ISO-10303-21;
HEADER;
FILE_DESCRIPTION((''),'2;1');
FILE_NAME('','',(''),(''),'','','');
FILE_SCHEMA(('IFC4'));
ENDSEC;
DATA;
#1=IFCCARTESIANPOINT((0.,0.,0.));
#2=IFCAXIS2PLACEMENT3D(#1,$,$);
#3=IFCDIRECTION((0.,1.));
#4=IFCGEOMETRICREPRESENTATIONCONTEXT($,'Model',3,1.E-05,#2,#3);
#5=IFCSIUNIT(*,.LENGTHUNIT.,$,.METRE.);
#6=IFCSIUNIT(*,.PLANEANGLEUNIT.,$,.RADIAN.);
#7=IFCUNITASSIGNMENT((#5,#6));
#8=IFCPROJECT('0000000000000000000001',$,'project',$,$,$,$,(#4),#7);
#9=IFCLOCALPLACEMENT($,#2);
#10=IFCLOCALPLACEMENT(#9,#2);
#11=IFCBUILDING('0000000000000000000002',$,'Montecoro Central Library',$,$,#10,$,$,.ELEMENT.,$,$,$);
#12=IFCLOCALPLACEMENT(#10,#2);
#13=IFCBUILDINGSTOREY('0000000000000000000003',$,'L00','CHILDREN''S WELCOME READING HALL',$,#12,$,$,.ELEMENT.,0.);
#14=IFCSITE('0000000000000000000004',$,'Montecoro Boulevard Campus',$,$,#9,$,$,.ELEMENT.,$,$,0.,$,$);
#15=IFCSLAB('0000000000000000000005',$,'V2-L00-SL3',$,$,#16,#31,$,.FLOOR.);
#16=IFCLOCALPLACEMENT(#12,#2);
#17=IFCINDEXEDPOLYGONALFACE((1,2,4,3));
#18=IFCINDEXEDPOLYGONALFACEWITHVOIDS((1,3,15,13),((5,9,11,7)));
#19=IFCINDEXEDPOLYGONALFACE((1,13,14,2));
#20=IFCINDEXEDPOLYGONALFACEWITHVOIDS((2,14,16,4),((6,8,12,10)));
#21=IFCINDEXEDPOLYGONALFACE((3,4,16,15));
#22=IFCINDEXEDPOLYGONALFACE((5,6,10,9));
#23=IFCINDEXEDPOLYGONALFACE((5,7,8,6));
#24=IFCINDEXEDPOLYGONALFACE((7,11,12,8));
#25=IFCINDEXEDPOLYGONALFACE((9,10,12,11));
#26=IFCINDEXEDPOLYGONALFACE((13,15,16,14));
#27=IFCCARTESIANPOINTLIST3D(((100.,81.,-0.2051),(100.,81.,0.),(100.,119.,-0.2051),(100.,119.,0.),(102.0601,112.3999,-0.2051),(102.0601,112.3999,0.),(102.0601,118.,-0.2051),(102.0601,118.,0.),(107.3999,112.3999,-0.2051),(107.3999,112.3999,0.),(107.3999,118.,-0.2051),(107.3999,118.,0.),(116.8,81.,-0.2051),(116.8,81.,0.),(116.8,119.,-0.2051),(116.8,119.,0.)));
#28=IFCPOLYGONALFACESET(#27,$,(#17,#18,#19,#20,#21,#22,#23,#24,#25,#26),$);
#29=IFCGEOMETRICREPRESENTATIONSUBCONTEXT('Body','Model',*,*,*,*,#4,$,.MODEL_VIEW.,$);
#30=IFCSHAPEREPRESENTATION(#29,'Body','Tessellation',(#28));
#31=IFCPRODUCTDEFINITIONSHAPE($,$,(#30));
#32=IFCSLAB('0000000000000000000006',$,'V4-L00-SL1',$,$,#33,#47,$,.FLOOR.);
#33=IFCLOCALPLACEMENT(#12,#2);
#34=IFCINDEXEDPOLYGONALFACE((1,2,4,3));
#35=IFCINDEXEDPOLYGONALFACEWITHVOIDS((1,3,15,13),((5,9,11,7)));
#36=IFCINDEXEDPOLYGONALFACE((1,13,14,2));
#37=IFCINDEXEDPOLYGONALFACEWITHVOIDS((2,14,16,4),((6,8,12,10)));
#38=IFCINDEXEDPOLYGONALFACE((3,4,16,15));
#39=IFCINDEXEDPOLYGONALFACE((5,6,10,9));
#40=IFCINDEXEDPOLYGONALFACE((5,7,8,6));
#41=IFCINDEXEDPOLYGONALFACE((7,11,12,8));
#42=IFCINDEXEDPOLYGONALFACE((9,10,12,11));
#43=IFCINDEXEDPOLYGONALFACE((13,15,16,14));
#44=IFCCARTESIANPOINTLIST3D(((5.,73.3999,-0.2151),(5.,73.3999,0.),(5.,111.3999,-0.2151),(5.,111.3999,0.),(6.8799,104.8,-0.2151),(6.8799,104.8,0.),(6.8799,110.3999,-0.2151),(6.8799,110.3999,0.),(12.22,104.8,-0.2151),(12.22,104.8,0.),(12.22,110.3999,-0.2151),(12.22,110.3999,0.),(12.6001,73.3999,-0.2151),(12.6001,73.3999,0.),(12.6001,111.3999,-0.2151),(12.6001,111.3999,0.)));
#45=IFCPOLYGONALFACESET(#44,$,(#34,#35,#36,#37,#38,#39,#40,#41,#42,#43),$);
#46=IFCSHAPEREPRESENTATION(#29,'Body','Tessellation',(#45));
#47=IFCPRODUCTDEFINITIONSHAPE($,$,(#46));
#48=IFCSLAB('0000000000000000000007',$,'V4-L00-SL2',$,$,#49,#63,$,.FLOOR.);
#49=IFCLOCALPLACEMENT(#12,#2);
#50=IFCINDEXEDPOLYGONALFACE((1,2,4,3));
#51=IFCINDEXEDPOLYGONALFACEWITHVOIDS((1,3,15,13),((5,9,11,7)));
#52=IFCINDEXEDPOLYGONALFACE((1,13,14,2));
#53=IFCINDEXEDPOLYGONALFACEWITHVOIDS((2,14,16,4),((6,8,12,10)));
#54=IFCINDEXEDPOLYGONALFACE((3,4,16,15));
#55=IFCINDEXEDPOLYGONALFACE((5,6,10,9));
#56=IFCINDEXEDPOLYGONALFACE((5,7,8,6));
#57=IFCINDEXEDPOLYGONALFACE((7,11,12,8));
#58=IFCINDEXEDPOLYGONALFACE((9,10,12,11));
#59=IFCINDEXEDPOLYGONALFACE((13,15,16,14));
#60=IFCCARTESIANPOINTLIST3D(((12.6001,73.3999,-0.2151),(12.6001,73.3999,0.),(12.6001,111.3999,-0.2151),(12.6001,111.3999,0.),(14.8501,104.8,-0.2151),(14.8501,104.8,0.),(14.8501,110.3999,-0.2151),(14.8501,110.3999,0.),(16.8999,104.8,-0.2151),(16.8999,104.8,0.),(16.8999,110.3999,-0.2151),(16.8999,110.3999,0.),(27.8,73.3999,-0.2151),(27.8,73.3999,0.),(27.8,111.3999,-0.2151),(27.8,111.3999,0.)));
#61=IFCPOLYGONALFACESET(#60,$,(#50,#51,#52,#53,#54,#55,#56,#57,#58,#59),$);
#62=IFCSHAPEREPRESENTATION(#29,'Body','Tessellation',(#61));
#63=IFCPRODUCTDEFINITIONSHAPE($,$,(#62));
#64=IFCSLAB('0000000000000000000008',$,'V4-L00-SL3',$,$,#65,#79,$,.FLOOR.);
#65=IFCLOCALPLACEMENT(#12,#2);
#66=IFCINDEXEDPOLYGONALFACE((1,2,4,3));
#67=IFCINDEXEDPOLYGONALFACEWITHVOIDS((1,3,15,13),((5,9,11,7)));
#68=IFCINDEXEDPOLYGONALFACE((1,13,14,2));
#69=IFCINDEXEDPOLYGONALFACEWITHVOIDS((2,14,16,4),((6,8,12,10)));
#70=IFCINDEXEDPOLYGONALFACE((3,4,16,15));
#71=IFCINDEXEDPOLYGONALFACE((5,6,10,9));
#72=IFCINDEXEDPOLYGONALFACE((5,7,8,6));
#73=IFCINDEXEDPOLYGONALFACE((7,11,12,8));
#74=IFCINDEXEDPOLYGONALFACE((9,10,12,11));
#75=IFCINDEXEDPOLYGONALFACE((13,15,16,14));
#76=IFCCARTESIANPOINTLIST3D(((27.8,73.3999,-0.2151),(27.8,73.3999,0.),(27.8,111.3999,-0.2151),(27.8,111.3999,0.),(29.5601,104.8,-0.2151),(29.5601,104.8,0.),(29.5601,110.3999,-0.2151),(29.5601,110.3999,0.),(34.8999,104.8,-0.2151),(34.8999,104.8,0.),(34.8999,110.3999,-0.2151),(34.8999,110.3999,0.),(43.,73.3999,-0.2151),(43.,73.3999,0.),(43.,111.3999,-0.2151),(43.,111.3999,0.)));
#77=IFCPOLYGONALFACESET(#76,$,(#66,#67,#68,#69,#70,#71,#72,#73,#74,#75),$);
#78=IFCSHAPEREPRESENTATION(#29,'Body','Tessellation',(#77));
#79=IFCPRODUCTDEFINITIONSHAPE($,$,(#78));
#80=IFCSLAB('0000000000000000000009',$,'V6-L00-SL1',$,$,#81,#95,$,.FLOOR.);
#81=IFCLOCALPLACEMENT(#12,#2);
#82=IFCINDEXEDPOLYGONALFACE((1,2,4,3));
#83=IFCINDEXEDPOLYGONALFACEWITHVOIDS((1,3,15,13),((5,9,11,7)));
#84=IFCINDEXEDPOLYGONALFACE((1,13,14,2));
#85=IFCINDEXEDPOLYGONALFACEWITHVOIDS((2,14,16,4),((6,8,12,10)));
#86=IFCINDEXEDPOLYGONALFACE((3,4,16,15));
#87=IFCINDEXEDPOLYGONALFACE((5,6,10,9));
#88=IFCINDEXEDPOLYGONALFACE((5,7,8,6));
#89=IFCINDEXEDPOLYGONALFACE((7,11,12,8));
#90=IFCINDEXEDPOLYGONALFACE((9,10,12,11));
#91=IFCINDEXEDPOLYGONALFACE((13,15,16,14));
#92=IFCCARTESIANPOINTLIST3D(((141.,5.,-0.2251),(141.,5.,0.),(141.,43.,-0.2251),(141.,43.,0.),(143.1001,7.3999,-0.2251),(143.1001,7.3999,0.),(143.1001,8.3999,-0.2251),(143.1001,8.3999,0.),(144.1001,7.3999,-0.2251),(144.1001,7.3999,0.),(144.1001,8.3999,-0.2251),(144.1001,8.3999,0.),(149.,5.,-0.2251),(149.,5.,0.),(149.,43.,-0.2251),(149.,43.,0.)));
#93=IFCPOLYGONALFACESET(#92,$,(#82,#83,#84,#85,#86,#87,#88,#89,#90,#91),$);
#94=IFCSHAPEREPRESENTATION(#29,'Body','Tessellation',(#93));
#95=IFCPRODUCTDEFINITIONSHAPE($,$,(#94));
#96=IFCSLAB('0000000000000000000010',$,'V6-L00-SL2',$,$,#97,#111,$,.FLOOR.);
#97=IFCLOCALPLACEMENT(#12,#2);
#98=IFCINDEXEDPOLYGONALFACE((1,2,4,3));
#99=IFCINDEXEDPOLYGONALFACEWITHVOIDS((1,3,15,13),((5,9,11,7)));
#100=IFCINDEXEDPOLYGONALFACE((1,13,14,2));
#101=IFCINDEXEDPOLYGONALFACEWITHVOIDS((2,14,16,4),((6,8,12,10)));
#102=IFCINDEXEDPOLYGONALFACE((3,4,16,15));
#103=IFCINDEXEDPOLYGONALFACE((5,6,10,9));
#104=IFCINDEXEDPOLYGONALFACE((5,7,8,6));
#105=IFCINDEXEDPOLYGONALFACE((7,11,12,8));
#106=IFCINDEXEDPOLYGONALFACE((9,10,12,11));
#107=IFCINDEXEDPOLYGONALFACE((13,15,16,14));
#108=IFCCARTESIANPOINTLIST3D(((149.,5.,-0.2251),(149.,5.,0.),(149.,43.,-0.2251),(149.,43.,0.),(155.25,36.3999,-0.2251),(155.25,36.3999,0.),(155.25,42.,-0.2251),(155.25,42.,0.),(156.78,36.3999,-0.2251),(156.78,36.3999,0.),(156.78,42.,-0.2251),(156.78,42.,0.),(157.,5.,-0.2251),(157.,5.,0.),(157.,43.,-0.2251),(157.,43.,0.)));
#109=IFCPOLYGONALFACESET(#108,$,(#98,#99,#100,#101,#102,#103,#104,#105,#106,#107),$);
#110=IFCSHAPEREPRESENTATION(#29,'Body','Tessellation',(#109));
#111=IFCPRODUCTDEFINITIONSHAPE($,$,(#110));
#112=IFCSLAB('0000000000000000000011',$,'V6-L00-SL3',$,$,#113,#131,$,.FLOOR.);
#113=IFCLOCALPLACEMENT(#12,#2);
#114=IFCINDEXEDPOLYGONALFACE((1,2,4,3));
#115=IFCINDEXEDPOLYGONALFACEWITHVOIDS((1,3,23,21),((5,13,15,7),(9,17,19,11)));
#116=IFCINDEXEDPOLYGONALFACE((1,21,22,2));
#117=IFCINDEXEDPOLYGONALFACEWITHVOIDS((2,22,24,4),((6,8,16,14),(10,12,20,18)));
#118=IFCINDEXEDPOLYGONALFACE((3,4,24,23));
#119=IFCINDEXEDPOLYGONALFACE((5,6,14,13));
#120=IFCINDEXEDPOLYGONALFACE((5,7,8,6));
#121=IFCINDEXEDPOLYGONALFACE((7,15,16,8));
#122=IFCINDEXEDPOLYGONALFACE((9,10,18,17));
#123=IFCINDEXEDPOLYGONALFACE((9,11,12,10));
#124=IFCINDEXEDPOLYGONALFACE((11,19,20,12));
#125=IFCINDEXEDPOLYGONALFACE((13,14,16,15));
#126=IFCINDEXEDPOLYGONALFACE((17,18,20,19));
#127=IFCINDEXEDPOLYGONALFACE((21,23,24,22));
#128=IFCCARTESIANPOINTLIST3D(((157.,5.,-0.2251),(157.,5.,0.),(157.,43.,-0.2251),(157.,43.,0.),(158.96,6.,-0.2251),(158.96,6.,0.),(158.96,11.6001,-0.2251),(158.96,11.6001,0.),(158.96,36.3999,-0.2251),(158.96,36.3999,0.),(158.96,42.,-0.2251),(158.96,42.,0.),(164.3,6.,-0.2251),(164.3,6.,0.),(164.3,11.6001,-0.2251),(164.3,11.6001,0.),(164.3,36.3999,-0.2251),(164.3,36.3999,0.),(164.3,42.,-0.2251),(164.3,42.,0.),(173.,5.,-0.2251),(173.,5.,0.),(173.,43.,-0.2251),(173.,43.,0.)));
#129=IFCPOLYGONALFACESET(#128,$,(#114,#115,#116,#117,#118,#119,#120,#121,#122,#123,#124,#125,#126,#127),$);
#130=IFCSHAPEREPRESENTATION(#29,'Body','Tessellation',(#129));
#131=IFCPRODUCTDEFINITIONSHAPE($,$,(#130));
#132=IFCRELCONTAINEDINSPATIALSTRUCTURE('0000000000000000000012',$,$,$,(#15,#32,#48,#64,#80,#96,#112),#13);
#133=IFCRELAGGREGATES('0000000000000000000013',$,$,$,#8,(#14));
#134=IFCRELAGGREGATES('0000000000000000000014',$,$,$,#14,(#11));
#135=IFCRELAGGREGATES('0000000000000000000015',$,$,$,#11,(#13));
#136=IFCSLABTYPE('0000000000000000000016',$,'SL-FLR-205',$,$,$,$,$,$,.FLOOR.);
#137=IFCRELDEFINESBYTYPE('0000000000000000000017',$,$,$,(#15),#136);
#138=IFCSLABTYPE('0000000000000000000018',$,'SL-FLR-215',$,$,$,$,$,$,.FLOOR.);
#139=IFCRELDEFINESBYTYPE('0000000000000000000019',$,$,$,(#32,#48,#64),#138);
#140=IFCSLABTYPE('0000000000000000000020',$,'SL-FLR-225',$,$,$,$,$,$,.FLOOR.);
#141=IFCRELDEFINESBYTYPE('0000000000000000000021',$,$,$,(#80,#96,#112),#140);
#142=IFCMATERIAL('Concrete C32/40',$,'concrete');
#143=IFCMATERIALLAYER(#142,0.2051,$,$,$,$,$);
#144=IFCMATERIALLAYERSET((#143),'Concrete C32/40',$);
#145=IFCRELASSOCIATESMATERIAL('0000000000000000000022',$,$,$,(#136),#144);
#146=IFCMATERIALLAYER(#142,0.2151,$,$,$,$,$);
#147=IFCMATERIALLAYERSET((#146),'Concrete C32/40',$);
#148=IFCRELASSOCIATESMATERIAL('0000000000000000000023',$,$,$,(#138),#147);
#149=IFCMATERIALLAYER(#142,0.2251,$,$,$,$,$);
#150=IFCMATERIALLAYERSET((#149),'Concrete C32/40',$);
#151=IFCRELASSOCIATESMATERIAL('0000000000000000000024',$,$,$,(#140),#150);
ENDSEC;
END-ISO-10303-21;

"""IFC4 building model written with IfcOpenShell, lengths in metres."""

from ifc_helpers import new_model, si_unit, direction, frame, origin, place, context, subcontext, project, spatial, polyline, outline, extrude, material, layer, layer_set, type_object, element, save


model = new_model("IFC4")

# Units and contexts
model_context = context("Model", 3, precision=1e-05, world=origin(), true_north=direction((0.0, 1.0)))
body_context = subcontext(model_context, "Body", "Model", "MODEL_VIEW")
ifc_project = project(units=[si_unit("LENGTHUNIT", "METRE"), si_unit("PLANEANGLEUNIT", "RADIAN")], contexts=[model_context])

# Site, building, storey
site_placement = place(None, origin())
site = spatial("IfcSite", under=ifc_project, at=site_placement, Name="Montecoro Boulevard Campus", CompositionType="ELEMENT", RefElevation=0.0)
building_placement = place(site_placement, origin())
building = spatial("IfcBuilding", under=site, at=building_placement, Name="Montecoro Central Library", CompositionType="ELEMENT")
storey_placement = place(building_placement, origin())
storey = spatial("IfcBuildingStorey", under=building, at=storey_placement, Name="L00", Description="CHILDREN'S WELCOME READING HALL", CompositionType="ELEMENT", Elevation=0.0)

# Slabs
ifc_material_1 = material(Name="Concrete C32/40", Category="concrete")
ifc_layer_1 = layer(ifc_material_1, 0.2051)
ifc_layer_set_1 = layer_set([ifc_layer_1], Name="Concrete C32/40")
slab_type_1 = type_object("IfcSlabType", Name="SL-FLR-205", PredefinedType="FLOOR", material=ifc_layer_set_1)
slab_1_placement = place(storey_placement, frame((0.0, 0.0, -0.2051)))
element("IfcSlab", 1, at=slab_1_placement, inside=storey, type_object=slab_type_1, Name="V2-L00-SL3", PredefinedType="FLOOR", context=body_context, shape_type="SweptSolid", body=[
    extrude(outline(polyline([(100.0, 81.0), (116.8, 81.0), (116.8, 119.0), (100.0, 119.0), (100.0, 81.0)]), holes=[polyline([(102.0601, 118.0), (107.3999, 118.0), (107.3999, 112.3999), (102.0601, 112.3999), (102.0601, 118.0)])]), origin(), (0.0, 0.0, 1.0), 0.2051),
])
ifc_layer_2 = layer(ifc_material_1, 0.2151)
ifc_layer_set_2 = layer_set([ifc_layer_2], Name="Concrete C32/40")
slab_type_2 = type_object("IfcSlabType", Name="SL-FLR-215", PredefinedType="FLOOR", material=ifc_layer_set_2)
slab_2_placement = place(storey_placement, frame((0.0, 0.0, -0.2151)))
element("IfcSlab", 2, at=slab_2_placement, inside=storey, type_object=slab_type_2, Name="V4-L00-SL1", PredefinedType="FLOOR", context=body_context, shape_type="SweptSolid", body=[
    extrude(outline(polyline([(5.0, 73.3999), (12.6001, 73.3999), (12.6001, 111.3999), (5.0, 111.3999), (5.0, 73.3999)]), holes=[polyline([(6.8799, 110.3999), (12.22, 110.3999), (12.22, 104.8), (6.8799, 104.8), (6.8799, 110.3999)])]), origin(), (0.0, 0.0, 1.0), 0.2151),
])
slab_3_placement = place(storey_placement, frame((0.0, 0.0, -0.2151)))
element("IfcSlab", 3, at=slab_3_placement, inside=storey, type_object=slab_type_2, Name="V4-L00-SL2", PredefinedType="FLOOR", context=body_context, shape_type="SweptSolid", body=[
    extrude(outline(polyline([(12.6001, 73.3999), (27.8, 73.3999), (27.8, 111.3999), (12.6001, 111.3999), (12.6001, 73.3999)]), holes=[polyline([(14.8501, 110.3999), (16.8999, 110.3999), (16.8999, 104.8), (14.8501, 104.8), (14.8501, 110.3999)])]), origin(), (0.0, 0.0, 1.0), 0.2151),
])
slab_4_placement = place(storey_placement, frame((0.0, 0.0, -0.2151)))
element("IfcSlab", 4, at=slab_4_placement, inside=storey, type_object=slab_type_2, Name="V4-L00-SL3", PredefinedType="FLOOR", context=body_context, shape_type="SweptSolid", body=[
    extrude(outline(polyline([(27.8, 73.3999), (43.0, 73.3999), (43.0, 111.3999), (27.8, 111.3999), (27.8, 73.3999)]), holes=[polyline([(29.5601, 110.3999), (34.8999, 110.3999), (34.8999, 104.8), (29.5601, 104.8), (29.5601, 110.3999)])]), origin(), (0.0, 0.0, 1.0), 0.2151),
])
ifc_layer_3 = layer(ifc_material_1, 0.2251)
ifc_layer_set_3 = layer_set([ifc_layer_3], Name="Concrete C32/40")
slab_type_3 = type_object("IfcSlabType", Name="SL-FLR-225", PredefinedType="FLOOR", material=ifc_layer_set_3)
slab_5_placement = place(storey_placement, frame((0.0, 0.0, -0.2251)))
element("IfcSlab", 5, at=slab_5_placement, inside=storey, type_object=slab_type_3, Name="V6-L00-SL1", PredefinedType="FLOOR", context=body_context, shape_type="SweptSolid", body=[
    extrude(outline(polyline([(141.0, 5.0), (149.0, 5.0), (149.0, 43.0), (141.0, 43.0), (141.0, 5.0)]), holes=[polyline([(143.1001, 8.3999), (144.1001, 8.3999), (144.1001, 7.3999), (143.1001, 7.3999), (143.1001, 8.3999)])]), origin(), (0.0, 0.0, 1.0), 0.2251),
])
slab_6_placement = place(storey_placement, frame((0.0, 0.0, -0.2251)))
element("IfcSlab", 6, at=slab_6_placement, inside=storey, type_object=slab_type_3, Name="V6-L00-SL2", PredefinedType="FLOOR", context=body_context, shape_type="SweptSolid", body=[
    extrude(outline(polyline([(149.0, 5.0), (157.0, 5.0), (157.0, 43.0), (149.0, 43.0), (149.0, 5.0)]), holes=[polyline([(155.25, 42.0), (156.78, 42.0), (156.78, 36.3999), (155.25, 36.3999), (155.25, 42.0)])]), origin(), (0.0, 0.0, 1.0), 0.2251),
])
slab_7_placement = place(storey_placement, frame((0.0, 0.0, -0.2251)))
element("IfcSlab", 7, at=slab_7_placement, inside=storey, type_object=slab_type_3, Name="V6-L00-SL3", PredefinedType="FLOOR", context=body_context, shape_type="SweptSolid", body=[
    extrude(outline(polyline([(157.0, 5.0), (173.0, 5.0), (173.0, 43.0), (157.0, 43.0), (157.0, 5.0)]), holes=[polyline([(158.96, 42.0), (164.3, 42.0), (164.3, 36.3999), (158.96, 36.3999), (158.96, 42.0)]), polyline([(158.96, 11.6001), (164.3, 11.6001), (164.3, 6.0), (158.96, 6.0), (158.96, 11.6001)])]), origin(), (0.0, 0.0, 1.0), 0.2251),
])

save(model, "model.ifc")
